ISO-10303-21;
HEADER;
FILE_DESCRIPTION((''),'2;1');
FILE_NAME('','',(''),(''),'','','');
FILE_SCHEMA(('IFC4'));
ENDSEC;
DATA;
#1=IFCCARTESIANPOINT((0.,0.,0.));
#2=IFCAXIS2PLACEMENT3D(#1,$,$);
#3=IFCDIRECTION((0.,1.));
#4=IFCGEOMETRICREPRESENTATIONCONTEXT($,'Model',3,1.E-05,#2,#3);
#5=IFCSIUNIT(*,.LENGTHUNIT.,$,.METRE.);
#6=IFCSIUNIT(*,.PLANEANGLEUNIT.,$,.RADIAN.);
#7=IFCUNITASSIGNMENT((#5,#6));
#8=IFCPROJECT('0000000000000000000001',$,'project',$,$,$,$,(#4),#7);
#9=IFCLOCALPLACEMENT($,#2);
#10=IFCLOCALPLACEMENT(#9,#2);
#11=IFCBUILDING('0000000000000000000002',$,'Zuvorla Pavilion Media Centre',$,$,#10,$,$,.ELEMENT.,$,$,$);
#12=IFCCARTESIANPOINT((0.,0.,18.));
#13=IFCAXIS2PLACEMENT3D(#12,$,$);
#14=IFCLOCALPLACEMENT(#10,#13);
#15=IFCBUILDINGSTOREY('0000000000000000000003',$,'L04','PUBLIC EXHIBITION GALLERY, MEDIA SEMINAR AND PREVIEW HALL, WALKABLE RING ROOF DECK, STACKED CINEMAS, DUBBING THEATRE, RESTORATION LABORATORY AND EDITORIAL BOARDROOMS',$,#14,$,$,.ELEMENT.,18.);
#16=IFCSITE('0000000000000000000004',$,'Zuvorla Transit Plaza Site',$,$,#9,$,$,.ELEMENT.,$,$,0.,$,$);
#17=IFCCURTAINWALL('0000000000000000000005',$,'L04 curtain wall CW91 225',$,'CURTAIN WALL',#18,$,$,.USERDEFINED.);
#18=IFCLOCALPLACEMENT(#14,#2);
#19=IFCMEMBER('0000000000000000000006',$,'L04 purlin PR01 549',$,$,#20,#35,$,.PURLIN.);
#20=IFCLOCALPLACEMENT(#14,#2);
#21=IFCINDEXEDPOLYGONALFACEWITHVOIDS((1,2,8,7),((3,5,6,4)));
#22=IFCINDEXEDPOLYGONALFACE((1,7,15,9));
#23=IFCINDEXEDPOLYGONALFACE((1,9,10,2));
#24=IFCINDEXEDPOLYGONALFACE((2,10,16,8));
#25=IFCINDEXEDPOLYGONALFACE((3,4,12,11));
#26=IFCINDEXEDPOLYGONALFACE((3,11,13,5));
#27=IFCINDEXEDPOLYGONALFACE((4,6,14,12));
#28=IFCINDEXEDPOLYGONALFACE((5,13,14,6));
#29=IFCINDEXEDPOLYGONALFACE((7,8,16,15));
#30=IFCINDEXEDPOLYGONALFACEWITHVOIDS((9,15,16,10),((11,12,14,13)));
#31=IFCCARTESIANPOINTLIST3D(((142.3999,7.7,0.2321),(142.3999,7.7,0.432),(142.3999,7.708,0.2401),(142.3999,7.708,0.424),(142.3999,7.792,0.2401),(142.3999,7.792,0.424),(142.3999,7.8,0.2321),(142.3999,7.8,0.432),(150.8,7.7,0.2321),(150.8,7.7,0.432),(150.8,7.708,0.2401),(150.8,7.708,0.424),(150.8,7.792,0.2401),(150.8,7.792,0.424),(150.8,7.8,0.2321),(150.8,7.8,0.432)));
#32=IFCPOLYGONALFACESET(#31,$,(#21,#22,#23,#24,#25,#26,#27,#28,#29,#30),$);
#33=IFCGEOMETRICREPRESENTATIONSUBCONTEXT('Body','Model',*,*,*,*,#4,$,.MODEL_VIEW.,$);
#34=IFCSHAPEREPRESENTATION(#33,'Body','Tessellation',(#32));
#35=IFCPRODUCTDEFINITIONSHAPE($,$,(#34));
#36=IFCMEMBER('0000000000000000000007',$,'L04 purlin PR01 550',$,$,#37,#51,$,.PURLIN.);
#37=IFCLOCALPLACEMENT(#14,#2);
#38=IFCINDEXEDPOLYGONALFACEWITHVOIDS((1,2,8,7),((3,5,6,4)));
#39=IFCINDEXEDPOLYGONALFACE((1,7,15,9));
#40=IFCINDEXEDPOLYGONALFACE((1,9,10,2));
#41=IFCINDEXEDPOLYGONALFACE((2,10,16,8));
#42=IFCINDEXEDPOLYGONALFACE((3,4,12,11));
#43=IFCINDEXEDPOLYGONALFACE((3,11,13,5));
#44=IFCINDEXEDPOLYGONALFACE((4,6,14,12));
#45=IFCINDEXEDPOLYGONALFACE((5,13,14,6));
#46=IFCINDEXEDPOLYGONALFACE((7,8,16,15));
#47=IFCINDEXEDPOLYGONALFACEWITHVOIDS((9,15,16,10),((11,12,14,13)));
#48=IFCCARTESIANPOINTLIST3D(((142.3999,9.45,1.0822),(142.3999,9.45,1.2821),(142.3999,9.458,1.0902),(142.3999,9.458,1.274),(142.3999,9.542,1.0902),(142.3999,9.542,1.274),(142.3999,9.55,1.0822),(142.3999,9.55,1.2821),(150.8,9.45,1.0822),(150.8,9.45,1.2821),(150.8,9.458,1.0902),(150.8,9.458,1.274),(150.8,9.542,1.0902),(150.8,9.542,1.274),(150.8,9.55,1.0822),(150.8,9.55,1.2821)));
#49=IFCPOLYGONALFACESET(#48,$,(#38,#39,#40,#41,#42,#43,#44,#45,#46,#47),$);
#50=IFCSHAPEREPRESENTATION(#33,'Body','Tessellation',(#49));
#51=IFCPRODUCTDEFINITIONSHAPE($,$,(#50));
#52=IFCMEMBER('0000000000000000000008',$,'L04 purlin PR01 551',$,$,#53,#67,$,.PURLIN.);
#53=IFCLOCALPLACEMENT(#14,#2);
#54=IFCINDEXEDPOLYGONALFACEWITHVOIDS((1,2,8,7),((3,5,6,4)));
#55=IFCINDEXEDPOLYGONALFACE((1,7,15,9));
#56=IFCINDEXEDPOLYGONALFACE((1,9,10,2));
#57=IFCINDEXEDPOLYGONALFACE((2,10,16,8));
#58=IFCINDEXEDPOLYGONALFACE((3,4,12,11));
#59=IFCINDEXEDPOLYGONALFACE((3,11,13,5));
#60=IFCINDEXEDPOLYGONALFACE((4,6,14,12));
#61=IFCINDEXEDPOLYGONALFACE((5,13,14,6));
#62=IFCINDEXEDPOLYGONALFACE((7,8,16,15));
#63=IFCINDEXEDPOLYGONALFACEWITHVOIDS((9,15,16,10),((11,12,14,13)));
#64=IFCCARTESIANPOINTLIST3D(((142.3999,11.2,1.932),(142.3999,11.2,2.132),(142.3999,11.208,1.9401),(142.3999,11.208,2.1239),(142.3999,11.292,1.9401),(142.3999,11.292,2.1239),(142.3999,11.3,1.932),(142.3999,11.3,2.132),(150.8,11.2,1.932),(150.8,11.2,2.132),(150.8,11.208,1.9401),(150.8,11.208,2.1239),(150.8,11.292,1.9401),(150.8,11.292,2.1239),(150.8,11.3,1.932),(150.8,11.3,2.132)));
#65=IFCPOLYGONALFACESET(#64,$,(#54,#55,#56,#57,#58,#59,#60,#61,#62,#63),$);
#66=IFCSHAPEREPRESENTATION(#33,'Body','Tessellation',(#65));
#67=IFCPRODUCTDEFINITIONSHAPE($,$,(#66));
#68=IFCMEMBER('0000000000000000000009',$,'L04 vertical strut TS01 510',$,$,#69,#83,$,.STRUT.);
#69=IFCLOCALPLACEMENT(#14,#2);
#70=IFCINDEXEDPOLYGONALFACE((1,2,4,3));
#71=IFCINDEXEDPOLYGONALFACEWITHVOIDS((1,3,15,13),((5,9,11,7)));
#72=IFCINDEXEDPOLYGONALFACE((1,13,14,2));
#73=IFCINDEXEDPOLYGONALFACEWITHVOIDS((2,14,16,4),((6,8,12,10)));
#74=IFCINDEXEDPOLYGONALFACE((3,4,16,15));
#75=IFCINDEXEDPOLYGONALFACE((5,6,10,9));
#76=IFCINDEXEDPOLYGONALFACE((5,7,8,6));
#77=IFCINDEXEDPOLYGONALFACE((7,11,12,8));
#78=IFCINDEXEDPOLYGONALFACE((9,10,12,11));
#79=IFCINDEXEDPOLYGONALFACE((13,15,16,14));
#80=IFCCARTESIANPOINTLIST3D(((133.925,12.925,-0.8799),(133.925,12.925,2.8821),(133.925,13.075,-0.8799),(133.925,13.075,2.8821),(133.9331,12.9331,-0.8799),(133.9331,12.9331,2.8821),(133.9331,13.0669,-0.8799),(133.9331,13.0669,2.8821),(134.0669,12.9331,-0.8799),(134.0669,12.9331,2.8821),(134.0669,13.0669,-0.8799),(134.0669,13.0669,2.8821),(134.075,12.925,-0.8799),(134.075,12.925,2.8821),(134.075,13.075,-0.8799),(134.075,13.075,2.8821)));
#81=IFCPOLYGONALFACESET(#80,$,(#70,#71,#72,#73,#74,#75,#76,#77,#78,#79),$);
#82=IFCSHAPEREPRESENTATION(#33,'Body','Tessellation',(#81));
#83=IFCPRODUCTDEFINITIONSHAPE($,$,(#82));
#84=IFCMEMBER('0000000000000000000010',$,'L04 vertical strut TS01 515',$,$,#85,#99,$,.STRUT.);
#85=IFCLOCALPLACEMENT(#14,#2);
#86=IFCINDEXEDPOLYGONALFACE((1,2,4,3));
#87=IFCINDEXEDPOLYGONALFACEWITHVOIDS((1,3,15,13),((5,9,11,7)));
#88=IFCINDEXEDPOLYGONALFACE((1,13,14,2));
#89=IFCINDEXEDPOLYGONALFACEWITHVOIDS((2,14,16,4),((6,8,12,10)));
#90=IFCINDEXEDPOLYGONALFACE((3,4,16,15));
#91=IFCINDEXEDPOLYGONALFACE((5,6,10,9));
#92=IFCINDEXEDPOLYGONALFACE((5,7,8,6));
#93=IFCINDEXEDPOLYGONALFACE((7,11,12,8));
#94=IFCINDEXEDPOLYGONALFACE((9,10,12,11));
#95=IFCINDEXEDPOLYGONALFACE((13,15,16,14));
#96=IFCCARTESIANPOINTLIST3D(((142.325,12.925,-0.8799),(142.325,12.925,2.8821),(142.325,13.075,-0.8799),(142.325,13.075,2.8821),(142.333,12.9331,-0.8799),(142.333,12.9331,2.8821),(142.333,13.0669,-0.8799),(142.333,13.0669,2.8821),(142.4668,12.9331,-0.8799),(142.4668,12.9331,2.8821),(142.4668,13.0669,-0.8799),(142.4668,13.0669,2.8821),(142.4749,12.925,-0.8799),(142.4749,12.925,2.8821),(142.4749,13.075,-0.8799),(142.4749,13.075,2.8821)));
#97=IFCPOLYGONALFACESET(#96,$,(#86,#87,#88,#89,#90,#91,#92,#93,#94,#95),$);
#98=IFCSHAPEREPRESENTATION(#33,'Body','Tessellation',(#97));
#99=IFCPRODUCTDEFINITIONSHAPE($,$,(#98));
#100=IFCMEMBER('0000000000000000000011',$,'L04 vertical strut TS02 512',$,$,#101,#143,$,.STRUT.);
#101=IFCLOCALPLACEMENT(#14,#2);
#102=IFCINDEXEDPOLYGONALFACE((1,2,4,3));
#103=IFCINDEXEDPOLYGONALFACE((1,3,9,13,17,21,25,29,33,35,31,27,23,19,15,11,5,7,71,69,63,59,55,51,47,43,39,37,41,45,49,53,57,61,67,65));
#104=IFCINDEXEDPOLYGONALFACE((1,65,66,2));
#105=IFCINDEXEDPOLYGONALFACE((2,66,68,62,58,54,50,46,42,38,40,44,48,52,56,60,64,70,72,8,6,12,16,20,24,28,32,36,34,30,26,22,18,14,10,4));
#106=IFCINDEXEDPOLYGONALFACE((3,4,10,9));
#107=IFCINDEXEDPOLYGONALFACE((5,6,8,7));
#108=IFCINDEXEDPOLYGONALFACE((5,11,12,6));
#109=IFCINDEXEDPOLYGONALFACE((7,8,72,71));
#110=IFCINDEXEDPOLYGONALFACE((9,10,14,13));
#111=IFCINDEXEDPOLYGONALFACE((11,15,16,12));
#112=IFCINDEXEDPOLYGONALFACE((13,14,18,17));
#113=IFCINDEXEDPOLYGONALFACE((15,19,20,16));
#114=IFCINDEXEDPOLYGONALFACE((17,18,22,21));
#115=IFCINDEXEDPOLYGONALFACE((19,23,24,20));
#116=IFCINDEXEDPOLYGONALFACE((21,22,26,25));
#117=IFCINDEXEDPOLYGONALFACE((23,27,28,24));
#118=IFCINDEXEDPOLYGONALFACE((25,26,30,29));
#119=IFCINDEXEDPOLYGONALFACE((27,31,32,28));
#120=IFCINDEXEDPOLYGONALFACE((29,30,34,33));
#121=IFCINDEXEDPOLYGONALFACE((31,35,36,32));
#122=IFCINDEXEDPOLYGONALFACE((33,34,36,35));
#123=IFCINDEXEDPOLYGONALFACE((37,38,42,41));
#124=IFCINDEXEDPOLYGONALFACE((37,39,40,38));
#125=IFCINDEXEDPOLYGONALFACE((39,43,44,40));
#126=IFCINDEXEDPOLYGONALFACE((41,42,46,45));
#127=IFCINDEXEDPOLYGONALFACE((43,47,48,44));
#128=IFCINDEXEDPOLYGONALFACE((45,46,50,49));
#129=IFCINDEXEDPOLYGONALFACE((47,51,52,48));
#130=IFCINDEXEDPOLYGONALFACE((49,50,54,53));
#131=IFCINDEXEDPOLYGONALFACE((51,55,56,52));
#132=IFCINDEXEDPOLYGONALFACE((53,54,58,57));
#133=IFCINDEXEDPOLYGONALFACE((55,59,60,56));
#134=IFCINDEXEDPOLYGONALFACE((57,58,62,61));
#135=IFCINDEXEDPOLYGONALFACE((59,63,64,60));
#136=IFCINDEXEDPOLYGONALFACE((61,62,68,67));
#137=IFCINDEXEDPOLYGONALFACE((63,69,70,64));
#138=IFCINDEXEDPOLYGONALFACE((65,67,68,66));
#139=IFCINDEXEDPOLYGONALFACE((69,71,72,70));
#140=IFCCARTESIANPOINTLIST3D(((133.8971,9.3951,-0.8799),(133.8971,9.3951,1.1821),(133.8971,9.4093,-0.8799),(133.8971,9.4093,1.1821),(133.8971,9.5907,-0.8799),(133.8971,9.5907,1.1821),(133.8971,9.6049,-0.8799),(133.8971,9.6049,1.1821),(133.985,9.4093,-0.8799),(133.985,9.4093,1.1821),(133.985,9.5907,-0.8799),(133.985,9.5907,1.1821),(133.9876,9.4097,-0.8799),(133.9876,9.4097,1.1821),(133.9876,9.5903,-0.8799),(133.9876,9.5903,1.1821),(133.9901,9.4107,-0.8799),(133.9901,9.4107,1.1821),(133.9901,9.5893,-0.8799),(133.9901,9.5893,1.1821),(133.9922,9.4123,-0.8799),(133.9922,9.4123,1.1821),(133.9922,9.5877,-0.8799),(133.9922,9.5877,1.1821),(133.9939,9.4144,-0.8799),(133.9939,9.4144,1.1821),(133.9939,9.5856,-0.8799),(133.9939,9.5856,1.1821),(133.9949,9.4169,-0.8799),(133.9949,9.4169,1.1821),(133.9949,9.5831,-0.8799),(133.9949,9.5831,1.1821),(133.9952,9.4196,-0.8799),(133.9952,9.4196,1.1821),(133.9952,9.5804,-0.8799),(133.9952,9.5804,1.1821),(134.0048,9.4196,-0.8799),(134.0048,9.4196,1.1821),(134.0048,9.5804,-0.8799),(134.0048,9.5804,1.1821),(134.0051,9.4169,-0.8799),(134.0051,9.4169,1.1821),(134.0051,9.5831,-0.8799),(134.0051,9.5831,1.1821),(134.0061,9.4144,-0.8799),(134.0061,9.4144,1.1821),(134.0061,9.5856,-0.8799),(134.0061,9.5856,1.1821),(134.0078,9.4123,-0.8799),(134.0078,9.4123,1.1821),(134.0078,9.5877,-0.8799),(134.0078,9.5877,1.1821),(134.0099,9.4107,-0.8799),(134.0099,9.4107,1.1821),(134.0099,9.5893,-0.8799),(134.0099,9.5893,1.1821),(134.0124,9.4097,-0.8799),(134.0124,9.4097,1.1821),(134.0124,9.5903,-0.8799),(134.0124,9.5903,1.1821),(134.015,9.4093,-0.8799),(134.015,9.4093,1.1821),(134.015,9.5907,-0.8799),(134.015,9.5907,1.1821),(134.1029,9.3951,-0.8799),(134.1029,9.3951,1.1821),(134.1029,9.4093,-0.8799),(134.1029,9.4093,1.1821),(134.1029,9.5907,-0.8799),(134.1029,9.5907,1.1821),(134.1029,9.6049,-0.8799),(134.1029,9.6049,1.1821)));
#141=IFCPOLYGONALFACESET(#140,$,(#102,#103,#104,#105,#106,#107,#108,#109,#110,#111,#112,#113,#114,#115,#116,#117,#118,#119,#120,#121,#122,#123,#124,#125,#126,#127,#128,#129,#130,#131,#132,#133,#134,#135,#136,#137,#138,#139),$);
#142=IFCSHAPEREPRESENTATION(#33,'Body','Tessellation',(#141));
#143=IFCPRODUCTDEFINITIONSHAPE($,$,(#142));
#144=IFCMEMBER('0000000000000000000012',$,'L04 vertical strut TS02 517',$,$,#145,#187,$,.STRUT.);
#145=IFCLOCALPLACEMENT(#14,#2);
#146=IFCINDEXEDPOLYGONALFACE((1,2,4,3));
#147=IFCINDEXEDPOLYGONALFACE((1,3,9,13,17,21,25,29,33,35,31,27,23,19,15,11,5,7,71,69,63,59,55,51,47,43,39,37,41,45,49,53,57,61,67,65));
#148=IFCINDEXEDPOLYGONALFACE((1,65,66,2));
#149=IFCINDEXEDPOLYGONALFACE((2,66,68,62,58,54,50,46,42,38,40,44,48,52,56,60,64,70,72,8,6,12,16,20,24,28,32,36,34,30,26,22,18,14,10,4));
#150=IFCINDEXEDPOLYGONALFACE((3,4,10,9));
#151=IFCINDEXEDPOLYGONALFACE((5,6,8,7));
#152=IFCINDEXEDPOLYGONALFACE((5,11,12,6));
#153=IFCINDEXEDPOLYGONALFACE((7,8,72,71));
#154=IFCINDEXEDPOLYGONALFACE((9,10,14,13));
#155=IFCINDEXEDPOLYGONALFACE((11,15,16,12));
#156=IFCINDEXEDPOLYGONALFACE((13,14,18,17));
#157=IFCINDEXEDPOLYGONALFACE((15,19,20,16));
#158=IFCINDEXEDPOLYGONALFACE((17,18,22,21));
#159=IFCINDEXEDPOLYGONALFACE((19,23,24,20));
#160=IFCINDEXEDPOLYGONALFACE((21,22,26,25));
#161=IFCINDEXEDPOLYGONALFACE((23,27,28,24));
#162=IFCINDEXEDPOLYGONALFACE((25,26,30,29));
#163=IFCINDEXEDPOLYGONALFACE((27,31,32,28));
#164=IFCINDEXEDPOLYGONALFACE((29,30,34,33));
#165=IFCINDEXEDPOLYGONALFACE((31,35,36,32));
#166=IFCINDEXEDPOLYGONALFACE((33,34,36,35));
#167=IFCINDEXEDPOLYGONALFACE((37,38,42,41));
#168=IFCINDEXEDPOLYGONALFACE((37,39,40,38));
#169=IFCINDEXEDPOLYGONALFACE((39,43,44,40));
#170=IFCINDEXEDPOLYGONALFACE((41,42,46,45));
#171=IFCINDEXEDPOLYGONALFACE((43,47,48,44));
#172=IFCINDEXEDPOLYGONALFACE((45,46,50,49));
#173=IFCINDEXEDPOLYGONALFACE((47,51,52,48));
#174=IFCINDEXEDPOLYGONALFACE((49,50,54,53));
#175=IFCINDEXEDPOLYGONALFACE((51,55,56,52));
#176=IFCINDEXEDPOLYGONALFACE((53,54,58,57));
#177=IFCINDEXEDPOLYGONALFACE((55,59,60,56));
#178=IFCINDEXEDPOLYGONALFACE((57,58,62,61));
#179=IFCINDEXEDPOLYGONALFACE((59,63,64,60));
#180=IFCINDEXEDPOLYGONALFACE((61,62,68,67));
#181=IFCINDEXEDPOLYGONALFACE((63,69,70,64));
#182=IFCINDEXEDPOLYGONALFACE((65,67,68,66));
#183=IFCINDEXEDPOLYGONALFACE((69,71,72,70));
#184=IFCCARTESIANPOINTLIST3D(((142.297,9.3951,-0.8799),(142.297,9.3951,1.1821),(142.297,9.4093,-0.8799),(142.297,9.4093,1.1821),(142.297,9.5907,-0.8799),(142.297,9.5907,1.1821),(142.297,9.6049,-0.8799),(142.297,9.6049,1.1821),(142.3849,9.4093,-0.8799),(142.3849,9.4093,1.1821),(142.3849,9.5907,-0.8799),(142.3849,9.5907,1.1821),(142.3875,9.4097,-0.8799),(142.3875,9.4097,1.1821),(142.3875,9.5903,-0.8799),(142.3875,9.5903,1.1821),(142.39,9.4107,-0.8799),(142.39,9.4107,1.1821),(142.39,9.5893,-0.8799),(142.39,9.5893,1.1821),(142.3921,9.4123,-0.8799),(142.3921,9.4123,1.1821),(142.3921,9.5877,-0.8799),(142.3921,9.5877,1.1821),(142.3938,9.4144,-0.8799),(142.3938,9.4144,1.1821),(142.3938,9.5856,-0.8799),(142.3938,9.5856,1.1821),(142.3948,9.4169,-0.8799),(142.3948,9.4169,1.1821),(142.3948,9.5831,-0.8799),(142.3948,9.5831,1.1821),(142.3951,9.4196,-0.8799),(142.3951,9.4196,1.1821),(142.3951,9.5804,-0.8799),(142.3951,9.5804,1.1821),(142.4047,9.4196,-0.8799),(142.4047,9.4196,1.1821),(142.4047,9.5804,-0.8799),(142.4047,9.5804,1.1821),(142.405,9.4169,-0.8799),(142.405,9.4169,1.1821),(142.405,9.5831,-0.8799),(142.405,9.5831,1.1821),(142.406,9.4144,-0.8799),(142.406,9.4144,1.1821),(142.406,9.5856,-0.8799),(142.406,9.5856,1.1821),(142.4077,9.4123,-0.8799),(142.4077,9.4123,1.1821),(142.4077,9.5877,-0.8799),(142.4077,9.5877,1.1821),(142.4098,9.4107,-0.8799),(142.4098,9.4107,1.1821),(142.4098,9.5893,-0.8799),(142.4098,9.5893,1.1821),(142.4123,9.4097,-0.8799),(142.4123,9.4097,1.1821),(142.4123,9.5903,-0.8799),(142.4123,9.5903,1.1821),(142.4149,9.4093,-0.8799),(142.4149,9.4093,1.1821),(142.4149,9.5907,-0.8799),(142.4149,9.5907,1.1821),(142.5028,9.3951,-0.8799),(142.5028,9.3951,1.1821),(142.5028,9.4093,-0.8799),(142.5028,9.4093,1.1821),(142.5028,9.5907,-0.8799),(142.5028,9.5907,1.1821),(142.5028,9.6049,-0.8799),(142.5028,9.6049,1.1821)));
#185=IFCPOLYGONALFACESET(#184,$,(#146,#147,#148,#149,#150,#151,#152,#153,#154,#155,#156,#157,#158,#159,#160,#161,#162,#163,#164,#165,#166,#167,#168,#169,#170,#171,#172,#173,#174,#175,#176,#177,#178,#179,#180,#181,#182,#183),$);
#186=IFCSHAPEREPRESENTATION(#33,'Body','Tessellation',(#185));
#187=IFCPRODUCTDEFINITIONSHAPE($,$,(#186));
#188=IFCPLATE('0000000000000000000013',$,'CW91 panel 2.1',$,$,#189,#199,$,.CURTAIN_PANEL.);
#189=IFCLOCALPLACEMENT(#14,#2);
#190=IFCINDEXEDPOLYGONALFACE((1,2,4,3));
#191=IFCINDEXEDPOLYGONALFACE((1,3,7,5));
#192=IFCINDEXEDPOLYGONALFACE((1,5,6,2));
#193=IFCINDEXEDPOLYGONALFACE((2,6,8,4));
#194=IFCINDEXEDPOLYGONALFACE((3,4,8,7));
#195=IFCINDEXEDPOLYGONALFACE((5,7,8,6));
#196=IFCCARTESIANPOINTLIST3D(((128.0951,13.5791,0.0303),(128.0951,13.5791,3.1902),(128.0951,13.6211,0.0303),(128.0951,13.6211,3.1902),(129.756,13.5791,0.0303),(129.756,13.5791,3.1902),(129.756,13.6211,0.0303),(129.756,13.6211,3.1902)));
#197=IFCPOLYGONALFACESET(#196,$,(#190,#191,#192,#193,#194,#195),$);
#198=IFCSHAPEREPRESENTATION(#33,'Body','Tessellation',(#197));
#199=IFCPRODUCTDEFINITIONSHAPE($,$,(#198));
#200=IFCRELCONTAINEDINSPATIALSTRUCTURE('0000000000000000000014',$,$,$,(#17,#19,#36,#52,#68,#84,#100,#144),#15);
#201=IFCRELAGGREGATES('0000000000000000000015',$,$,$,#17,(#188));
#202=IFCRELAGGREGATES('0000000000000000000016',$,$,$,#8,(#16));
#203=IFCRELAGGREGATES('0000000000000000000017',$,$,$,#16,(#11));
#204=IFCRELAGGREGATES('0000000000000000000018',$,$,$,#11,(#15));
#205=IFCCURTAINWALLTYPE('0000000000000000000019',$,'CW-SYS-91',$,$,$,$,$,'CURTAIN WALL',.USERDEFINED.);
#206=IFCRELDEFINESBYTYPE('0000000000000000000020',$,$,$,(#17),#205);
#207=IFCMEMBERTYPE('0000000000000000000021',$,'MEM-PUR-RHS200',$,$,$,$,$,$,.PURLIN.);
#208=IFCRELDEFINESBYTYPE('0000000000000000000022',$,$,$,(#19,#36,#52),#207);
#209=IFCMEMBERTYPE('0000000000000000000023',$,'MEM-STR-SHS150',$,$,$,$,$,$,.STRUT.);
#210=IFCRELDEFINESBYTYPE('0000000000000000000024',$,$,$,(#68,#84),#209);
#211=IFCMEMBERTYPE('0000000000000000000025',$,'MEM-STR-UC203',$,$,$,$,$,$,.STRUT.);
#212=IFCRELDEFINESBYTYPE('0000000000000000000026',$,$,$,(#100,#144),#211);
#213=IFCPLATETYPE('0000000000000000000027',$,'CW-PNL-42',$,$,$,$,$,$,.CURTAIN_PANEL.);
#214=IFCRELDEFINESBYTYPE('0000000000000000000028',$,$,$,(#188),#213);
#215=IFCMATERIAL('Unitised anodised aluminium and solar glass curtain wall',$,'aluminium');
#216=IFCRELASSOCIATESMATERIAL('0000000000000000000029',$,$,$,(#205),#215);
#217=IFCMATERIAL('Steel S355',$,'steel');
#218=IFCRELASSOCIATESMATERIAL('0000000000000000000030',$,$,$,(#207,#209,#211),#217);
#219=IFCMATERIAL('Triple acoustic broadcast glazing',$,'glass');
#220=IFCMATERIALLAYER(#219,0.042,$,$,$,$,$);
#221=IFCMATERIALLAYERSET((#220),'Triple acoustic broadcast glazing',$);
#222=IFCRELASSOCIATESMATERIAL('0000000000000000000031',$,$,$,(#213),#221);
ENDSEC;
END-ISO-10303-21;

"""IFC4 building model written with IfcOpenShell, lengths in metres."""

from ifc_helpers import new_model, si_unit, direction, frame, origin, origin_2d, place, context, subcontext, project, spatial, rectangle, hollow_rectangle, i_section, extrude, material, layer, layer_set, material_profile, profile_set, type_object, element, aggregate, save


model = new_model("IFC4")

# Units and contexts
model_context = context("Model", 3, precision=1e-05, world=origin(), true_north=direction((0.0, 1.0)))
body_context = subcontext(model_context, "Body", "Model", "MODEL_VIEW")
ifc_project = project(units=[si_unit("LENGTHUNIT", "METRE"), si_unit("PLANEANGLEUNIT", "RADIAN")], contexts=[model_context])

# Site, building, storey
site_placement = place(None, origin())
site = spatial("IfcSite", under=ifc_project, at=site_placement, Name="Zuvorla Transit Plaza Site", CompositionType="ELEMENT", RefElevation=0.0)
building_placement = place(site_placement, origin())
building = spatial("IfcBuilding", under=site, at=building_placement, Name="Zuvorla Pavilion Media Centre", CompositionType="ELEMENT")
storey_placement = place(building_placement, frame((0.0, 0.0, 18.0)))
storey = spatial("IfcBuildingStorey", under=building, at=storey_placement, Name="L04", Description="PUBLIC EXHIBITION GALLERY, MEDIA SEMINAR AND PREVIEW HALL, WALKABLE RING ROOF DECK, STACKED CINEMAS, DUBBING THEATRE, RESTORATION LABORATORY AND EDITORIAL BOARDROOMS", CompositionType="ELEMENT", Elevation=18.0)

# Curtain wall
ifc_material_1 = material(Name="Unitised anodised aluminium and solar glass curtain wall", Category="aluminium")
curtain_wall_type = type_object("IfcCurtainWallType", Name="CW-SYS-91", ElementType="CURTAIN WALL", PredefinedType="USERDEFINED", material=ifc_material_1)
curtain_wall_placement = place(storey_placement, origin())
curtain_wall = element("IfcCurtainWall", 1, at=curtain_wall_placement, inside=storey, type_object=curtain_wall_type, Name="L04 curtain wall CW91 225", ObjectType="CURTAIN WALL", PredefinedType="USERDEFINED")

# Members
ifc_material_2 = material(Name="Steel S355", Category="steel")
ifc_material_profile_1 = material_profile(ifc_material_2, hollow_rectangle(XDim=0.1001, YDim=0.2, WallThickness=0.0081, at=origin_2d()), Name="RHS 200x100x8")
ifc_profile_set_1 = profile_set([ifc_material_profile_1], Name="Steel S355")
member_type_1 = type_object("IfcMemberType", Name="MEM-PUR-RHS200", PredefinedType="PURLIN", material=ifc_profile_set_1)
for number, where, z_axis, x_axis, name in (
    (2, (142.3999, 7.75, 0.332), (1.0, 0.0, 0.0), (0.0, 1.0, 0.0), "L04 purlin PR01 549"),
    (3, (142.3999, 9.5, 1.1821), (1.0, 0.0, 0.0), (0.0, 1.0, 0.0), "L04 purlin PR01 550"),
    (4, (142.3999, 11.25, 2.032), (1.0, 0.0, 0.0), (0.0, 1.0, 0.0), "L04 purlin PR01 551"),
):
    element("IfcMember", number, at=place(storey_placement, frame(where, z_axis=z_axis, x_axis=x_axis)), inside=storey, type_object=member_type_1, Name=name, PredefinedType="PURLIN", context=body_context, shape_type="SweptSolid", body=[
        extrude(hollow_rectangle(XDim=0.1001, YDim=0.2, WallThickness=0.0081, at=origin_2d()), origin(), (0.0, 0.0, 1.0), 8.4001),
    ])
ifc_material_profile_2 = material_profile(ifc_material_2, hollow_rectangle(XDim=0.1499, YDim=0.1499, WallThickness=0.0081, at=origin_2d()), Name="SHS 150x150x8")
ifc_profile_set_2 = profile_set([ifc_material_profile_2], Name="Steel S355")
member_type_2 = type_object("IfcMemberType", Name="MEM-STR-SHS150", PredefinedType="STRUT", material=ifc_profile_set_2)
for number, where, z_axis, x_axis, name in (
    (5, (134.0, 13.0, -0.8799), (0.0, 0.0, 1.0), (1.0, 0.0, 0.0), "L04 vertical strut TS01 510"),
    (6, (142.3999, 13.0, -0.8799), (0.0, 0.0, 1.0), (1.0, 0.0, 0.0), "L04 vertical strut TS01 515"),
):
    element("IfcMember", number, at=place(storey_placement, frame(where, z_axis=z_axis, x_axis=x_axis)), inside=storey, type_object=member_type_2, Name=name, PredefinedType="STRUT", context=body_context, shape_type="SweptSolid", body=[
        extrude(hollow_rectangle(XDim=0.1499, YDim=0.1499, WallThickness=0.0081, at=origin_2d()), origin(), (0.0, 0.0, 1.0), 3.762),
    ])
ifc_material_profile_3 = material_profile(ifc_material_2, i_section(OverallWidth=0.2058, OverallDepth=0.2097, WebThickness=0.0095, FlangeThickness=0.0142, FilletRadius=0.0103, at=origin_2d()), Name="UC 203x203x60")
ifc_profile_set_3 = profile_set([ifc_material_profile_3], Name="Steel S355")
member_type_3 = type_object("IfcMemberType", Name="MEM-STR-UC203", PredefinedType="STRUT", material=ifc_profile_set_3)
for number, where, z_axis, x_axis, name in (
    (7, (134.0, 9.5, -0.8799), (0.0, 0.0, 1.0), (1.0, 0.0, 0.0), "L04 vertical strut TS02 512"),
    (8, (142.3999, 9.5, -0.8799), (0.0, 0.0, 1.0), (1.0, 0.0, 0.0), "L04 vertical strut TS02 517"),
):
    element("IfcMember", number, at=place(storey_placement, frame(where, z_axis=z_axis, x_axis=x_axis)), inside=storey, type_object=member_type_3, Name=name, PredefinedType="STRUT", context=body_context, shape_type="SweptSolid", body=[
        extrude(i_section(OverallWidth=0.2058, OverallDepth=0.2097, WebThickness=0.0095, FlangeThickness=0.0142, FilletRadius=0.0103, at=origin_2d()), origin(), (0.0, 0.0, 1.0), 2.062),
    ])

# Plate
ifc_material_3 = material(Name="Triple acoustic broadcast glazing", Category="glass")
ifc_layer_1 = layer(ifc_material_3, 0.042)
ifc_layer_set_1 = layer_set([ifc_layer_1], Name="Triple acoustic broadcast glazing")
plate_type_1 = type_object("IfcPlateType", Name="CW-PNL-42", PredefinedType="CURTAIN_PANEL", material=ifc_layer_set_1)
plate_placement = place(storey_placement, frame((128.9255, 13.6001, 0.0303), z_axis=(0.0, 0.0, 1.0), x_axis=(1.0, 0.0, 0.0)))
plate = element("IfcPlate", 9, at=plate_placement, type_object=plate_type_1, Name="CW91 panel 2.1", PredefinedType="CURTAIN_PANEL", context=body_context, shape_type="SweptSolid", body=[
    extrude(rectangle(XDim=1.6609, YDim=0.042, at=origin_2d()), origin(), (0.0, 0.0, 1.0), 3.1599),
])
aggregate(curtain_wall, [plate])

save(model, "model.ifc")
